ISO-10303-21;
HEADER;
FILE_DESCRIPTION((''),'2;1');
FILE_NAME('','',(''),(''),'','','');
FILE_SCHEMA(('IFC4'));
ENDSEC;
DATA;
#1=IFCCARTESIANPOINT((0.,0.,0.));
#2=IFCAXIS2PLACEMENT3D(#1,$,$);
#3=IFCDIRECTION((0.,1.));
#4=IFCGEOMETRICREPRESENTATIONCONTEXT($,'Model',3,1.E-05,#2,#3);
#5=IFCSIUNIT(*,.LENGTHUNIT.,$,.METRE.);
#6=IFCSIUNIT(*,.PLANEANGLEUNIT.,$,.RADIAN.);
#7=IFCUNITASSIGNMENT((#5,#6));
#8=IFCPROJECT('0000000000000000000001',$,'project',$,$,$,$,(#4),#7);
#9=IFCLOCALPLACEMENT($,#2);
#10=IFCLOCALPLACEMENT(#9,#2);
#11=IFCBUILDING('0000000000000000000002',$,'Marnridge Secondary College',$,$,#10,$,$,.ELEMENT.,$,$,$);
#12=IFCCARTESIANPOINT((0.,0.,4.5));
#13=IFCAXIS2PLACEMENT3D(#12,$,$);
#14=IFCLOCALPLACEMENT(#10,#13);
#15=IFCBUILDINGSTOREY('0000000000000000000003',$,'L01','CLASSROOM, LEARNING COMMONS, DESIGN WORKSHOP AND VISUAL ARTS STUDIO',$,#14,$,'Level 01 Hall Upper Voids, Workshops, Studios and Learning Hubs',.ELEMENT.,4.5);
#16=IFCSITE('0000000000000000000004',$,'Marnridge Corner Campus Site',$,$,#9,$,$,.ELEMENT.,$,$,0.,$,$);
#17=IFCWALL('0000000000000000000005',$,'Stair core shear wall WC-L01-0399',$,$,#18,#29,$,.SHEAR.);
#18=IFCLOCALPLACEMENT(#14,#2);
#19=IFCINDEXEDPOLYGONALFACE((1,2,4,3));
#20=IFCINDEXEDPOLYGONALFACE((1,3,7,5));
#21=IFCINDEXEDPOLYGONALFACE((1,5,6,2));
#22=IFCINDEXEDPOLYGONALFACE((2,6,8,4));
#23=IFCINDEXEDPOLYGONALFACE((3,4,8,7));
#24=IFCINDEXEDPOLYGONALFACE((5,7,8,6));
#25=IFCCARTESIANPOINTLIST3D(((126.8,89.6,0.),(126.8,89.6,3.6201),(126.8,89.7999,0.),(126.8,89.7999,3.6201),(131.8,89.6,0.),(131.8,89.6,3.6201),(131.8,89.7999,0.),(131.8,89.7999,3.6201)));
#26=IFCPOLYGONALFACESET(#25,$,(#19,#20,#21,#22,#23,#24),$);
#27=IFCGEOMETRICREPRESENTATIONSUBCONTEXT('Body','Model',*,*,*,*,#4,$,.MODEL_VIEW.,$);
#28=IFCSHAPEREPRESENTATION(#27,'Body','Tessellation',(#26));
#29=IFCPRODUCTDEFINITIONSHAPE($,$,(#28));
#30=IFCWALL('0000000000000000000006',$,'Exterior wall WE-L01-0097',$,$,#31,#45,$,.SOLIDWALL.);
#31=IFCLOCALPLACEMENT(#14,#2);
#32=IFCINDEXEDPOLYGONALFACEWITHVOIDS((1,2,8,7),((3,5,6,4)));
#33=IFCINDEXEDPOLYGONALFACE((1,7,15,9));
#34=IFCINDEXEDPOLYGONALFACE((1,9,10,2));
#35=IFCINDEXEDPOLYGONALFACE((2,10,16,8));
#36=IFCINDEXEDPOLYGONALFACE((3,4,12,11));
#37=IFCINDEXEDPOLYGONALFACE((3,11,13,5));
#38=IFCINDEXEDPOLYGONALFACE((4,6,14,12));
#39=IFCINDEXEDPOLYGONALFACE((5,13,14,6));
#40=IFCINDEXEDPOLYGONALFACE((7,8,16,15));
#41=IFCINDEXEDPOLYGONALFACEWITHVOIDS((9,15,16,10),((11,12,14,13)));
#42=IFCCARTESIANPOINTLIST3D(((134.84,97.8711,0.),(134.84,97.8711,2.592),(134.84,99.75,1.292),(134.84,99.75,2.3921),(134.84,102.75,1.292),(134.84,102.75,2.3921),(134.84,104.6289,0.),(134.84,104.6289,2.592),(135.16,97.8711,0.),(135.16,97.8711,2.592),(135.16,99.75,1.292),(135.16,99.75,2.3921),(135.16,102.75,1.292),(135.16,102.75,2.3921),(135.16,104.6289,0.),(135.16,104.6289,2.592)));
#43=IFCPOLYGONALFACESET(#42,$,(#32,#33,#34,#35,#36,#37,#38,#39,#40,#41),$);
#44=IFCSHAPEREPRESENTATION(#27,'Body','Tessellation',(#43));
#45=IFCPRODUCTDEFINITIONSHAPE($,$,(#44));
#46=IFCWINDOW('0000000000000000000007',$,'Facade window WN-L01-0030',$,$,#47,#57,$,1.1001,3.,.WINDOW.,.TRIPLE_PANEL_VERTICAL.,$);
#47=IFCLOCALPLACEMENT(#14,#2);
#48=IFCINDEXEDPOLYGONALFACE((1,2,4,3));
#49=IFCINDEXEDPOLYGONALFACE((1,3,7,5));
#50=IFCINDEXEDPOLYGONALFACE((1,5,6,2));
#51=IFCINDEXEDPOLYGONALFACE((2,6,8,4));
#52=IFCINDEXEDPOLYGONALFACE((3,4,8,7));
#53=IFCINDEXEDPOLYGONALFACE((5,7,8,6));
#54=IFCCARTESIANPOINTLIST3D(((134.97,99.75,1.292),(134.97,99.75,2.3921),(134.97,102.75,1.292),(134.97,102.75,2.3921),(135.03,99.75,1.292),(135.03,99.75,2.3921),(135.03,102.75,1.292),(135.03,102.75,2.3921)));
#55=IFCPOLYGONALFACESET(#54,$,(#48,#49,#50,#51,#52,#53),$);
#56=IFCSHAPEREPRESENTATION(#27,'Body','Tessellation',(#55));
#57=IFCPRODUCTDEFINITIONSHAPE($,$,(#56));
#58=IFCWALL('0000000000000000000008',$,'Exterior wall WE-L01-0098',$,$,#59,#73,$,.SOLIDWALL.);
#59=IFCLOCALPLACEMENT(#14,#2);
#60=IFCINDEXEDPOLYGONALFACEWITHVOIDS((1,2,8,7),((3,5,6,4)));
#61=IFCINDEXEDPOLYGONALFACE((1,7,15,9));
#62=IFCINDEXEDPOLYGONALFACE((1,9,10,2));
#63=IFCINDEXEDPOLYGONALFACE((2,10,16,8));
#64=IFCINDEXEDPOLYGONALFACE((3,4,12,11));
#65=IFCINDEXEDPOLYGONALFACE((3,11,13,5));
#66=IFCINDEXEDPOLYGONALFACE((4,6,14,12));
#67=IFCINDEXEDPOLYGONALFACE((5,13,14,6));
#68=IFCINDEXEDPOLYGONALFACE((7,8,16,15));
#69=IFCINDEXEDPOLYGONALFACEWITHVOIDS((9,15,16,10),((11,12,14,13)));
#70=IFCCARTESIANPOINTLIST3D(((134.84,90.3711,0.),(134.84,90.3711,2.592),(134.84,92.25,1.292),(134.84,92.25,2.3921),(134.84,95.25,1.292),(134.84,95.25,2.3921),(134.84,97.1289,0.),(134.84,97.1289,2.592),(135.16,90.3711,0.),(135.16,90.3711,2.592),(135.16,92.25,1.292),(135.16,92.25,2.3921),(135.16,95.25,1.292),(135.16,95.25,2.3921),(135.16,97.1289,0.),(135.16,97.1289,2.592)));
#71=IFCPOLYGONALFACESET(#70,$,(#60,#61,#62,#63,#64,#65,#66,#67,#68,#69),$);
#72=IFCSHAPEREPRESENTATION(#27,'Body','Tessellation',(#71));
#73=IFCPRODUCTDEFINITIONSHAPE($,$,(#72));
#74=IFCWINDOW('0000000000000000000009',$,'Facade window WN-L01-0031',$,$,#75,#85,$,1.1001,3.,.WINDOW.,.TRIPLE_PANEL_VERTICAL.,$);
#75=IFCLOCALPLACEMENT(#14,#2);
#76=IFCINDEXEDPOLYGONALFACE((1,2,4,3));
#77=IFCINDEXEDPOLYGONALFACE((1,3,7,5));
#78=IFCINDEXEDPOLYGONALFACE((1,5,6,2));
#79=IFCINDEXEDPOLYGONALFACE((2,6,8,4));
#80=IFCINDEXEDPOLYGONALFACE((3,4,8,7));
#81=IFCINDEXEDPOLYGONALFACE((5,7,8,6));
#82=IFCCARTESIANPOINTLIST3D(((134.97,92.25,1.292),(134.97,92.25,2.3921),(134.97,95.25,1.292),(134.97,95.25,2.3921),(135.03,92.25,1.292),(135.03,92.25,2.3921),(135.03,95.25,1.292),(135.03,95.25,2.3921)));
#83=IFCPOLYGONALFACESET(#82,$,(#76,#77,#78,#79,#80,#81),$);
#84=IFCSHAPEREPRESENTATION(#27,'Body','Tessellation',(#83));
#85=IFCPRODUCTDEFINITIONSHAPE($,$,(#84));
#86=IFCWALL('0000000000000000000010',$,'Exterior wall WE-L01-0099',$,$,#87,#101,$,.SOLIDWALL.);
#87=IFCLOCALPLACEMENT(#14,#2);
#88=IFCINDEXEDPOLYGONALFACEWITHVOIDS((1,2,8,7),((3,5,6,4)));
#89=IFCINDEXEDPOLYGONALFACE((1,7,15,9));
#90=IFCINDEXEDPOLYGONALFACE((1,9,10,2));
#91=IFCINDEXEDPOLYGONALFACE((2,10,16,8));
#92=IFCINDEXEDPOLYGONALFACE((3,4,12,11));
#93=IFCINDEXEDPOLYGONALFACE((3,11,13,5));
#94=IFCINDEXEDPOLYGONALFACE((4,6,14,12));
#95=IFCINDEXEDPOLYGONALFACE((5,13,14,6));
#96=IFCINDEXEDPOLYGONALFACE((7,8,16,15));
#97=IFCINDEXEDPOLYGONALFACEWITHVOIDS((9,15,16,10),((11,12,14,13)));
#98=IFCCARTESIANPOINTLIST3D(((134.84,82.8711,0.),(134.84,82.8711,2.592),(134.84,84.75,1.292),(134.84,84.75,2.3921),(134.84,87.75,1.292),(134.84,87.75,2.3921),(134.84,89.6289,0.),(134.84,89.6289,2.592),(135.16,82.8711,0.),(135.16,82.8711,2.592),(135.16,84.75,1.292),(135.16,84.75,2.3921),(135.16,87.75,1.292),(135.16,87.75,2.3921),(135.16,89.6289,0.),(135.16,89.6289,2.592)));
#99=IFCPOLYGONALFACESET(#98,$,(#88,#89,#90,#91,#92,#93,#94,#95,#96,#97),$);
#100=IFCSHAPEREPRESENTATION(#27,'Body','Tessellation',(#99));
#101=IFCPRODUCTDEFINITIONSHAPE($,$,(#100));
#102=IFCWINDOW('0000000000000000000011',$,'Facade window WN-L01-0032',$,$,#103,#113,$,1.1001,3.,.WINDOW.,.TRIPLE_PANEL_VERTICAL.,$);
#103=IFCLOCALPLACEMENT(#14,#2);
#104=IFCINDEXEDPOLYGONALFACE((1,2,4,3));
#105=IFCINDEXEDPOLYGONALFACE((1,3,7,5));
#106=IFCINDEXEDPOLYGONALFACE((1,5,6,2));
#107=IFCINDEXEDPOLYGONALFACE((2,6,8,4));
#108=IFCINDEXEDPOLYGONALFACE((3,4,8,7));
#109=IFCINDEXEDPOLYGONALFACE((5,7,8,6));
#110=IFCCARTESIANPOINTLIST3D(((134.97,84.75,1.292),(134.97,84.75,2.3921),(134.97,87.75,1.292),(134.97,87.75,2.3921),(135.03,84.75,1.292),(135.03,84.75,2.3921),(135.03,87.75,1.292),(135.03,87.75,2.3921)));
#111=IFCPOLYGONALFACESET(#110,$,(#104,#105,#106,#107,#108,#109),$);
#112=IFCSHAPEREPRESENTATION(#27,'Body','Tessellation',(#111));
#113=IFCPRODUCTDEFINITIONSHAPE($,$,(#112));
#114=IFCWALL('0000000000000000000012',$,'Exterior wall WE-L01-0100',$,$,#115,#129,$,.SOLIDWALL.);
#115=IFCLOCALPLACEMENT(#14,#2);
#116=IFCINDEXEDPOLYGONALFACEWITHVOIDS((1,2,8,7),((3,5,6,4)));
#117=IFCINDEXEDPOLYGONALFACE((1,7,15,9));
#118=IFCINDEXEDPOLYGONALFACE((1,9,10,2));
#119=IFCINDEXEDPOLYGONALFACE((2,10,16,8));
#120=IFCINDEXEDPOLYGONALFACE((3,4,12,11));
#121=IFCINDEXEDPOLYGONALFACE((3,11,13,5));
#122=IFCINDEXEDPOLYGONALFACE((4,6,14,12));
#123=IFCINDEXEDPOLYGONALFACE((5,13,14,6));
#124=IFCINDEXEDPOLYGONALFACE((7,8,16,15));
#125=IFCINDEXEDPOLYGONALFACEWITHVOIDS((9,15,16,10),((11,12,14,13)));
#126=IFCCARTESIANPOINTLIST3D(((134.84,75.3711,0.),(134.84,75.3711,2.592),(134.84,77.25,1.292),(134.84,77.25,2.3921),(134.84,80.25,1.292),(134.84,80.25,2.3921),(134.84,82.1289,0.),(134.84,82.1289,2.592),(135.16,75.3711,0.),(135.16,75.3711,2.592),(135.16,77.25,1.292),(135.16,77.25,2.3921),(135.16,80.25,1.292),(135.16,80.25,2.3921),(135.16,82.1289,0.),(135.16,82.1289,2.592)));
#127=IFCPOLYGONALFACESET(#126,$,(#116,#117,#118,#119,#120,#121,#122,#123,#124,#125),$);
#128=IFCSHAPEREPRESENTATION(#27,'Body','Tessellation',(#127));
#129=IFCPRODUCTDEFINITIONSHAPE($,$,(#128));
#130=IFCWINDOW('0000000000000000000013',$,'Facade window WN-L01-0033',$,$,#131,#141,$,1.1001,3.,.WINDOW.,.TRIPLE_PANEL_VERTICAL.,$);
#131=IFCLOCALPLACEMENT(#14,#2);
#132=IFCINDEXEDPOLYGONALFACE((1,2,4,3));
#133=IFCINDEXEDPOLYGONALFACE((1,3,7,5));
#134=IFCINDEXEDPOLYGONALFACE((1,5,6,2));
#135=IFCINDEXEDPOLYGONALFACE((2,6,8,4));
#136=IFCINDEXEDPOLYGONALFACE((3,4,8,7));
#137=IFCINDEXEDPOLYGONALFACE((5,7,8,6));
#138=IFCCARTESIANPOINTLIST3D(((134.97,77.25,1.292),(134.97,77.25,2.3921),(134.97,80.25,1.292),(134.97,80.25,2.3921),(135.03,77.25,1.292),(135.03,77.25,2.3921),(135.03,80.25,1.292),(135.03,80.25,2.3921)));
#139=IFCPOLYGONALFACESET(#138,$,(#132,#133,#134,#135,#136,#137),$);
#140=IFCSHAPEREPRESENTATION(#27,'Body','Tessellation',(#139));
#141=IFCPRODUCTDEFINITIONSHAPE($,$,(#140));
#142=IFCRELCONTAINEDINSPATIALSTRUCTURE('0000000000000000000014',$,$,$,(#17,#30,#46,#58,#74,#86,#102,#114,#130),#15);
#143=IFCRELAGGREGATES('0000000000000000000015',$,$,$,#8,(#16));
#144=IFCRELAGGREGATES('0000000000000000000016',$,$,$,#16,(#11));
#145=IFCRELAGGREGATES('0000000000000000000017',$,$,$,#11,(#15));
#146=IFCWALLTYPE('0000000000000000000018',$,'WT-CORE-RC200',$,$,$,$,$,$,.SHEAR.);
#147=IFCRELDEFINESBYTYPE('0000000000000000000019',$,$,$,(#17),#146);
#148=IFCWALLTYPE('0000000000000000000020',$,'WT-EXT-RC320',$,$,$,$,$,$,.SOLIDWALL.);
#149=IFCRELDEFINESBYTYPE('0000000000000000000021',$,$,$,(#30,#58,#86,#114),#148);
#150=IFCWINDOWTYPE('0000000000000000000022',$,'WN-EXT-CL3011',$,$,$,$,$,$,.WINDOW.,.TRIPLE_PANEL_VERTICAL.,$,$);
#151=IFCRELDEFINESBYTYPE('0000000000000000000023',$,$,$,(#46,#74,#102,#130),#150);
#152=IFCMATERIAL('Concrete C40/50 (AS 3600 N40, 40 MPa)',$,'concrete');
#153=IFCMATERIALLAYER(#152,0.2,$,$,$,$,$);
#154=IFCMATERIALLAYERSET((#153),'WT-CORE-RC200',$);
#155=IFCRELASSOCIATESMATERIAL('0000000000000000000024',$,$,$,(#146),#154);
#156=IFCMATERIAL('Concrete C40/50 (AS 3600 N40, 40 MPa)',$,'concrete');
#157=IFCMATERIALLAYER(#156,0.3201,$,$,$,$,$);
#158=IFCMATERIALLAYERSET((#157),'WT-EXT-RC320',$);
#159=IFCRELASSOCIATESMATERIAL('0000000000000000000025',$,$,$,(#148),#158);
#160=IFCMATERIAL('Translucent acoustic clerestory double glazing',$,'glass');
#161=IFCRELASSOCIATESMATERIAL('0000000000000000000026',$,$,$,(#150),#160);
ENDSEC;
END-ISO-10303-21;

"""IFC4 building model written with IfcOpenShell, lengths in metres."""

from ifc_helpers import new_model, si_unit, direction, frame, frame_2d, origin, place, context, subcontext, project, spatial, rectangle, extrude, material, layer, layer_set, type_object, element, fill, save


model = new_model("IFC4")

# Units and contexts
model_context = context("Model", 3, precision=1e-05, world=origin(), true_north=direction((0.0, 1.0)))
body_context = subcontext(model_context, "Body", "Model", "MODEL_VIEW")
ifc_project = project(units=[si_unit("LENGTHUNIT", "METRE"), si_unit("PLANEANGLEUNIT", "RADIAN")], contexts=[model_context])

# Site, building, storey
site_placement = place(None, origin())
site = spatial("IfcSite", under=ifc_project, at=site_placement, Name="Marnridge Corner Campus Site", CompositionType="ELEMENT", RefElevation=0.0)
building_placement = place(site_placement, origin())
building = spatial("IfcBuilding", under=site, at=building_placement, Name="Marnridge Secondary College", CompositionType="ELEMENT")
storey_placement = place(building_placement, frame((0.0, 0.0, 4.5)))
storey = spatial("IfcBuildingStorey", under=building, at=storey_placement, Name="L01", Description="CLASSROOM, LEARNING COMMONS, DESIGN WORKSHOP AND VISUAL ARTS STUDIO", LongName="Level 01 Hall Upper Voids, Workshops, Studios and Learning Hubs", CompositionType="ELEMENT", Elevation=4.5)

# Wall
ifc_material_1 = material(Name="Concrete C40/50 (AS 3600 N40, 40 MPa)", Category="concrete")
ifc_layer_1 = layer(ifc_material_1, 0.2)
ifc_layer_set_1 = layer_set([ifc_layer_1], Name="WT-CORE-RC200")
wall_type_1 = type_object("IfcWallType", Name="WT-CORE-RC200", PredefinedType="SHEAR", material=ifc_layer_set_1)
wall_1_placement = place(storey_placement, frame((131.8, 89.7, 0.0), z_axis=(0.0, 0.0, 1.0), x_axis=(-1.0, 0.0, 0.0)))
element("IfcWall", 1, at=wall_1_placement, inside=storey, type_object=wall_type_1, Name="Stair core shear wall WC-L01-0399", PredefinedType="SHEAR", context=body_context, shape_type="SweptSolid", body=[
    extrude(rectangle(XDim=5.0, YDim=0.2, at=frame_2d((2.5, 0.0))), origin(), (0.0, 0.0, 1.0), 3.6201),
])

# Walls, openings, windows
ifc_material_2 = material(Name="Concrete C40/50 (AS 3600 N40, 40 MPa)", Category="concrete")
ifc_layer_2 = layer(ifc_material_2, 0.3201)
ifc_layer_set_2 = layer_set([ifc_layer_2], Name="WT-EXT-RC320")
wall_type_2 = type_object("IfcWallType", Name="WT-EXT-RC320", PredefinedType="SOLIDWALL", material=ifc_layer_set_2)
wall_2_placement = place(storey_placement, frame((135.0, 104.6289, 0.0), z_axis=(0.0, 0.0, 1.0), x_axis=(0.0, -1.0, 0.0)))
wall_2 = element("IfcWall", 2, at=wall_2_placement, inside=storey, type_object=wall_type_2, Name="Exterior wall WE-L01-0097", PredefinedType="SOLIDWALL", context=body_context, shape_type="SweptSolid", body=[
    extrude(rectangle(XDim=6.7578, YDim=0.3201, at=frame_2d((3.3789, 0.0))), origin(), (0.0, 0.0, 1.0), 2.592),
])
opening_1_placement = place(wall_2_placement, frame((1.8789, 0.0, 1.292)))
opening_1 = element("IfcOpeningElement", 3, at=opening_1_placement, cuts=wall_2, PredefinedType="OPENING", context=body_context, shape_type="SweptSolid", body=[
    extrude(rectangle(XDim=3.0, YDim=1.1001, at=frame_2d((1.5, 0.55))), frame((0.0, 0.1699, 0.0), z_axis=(0.0, -1.0, 0.0), x_axis=(1.0, 0.0, 0.0)), (0.0, 0.0, 1.0), 0.3401),
])
ifc_material_3 = material(Name="Translucent acoustic clerestory double glazing", Category="glass")
window_type = type_object("IfcWindowType", Name="WN-EXT-CL3011", PartitioningType="TRIPLE_PANEL_VERTICAL", PredefinedType="WINDOW", material=ifc_material_3)
window_1_placement = place(opening_1_placement, origin())
window_1 = element("IfcWindow", 4, at=window_1_placement, inside=storey, type_object=window_type, Name="Facade window WN-L01-0030", OverallHeight=1.1001, OverallWidth=3.0, PartitioningType="TRIPLE_PANEL_VERTICAL", PredefinedType="WINDOW", context=body_context, shape_type="SweptSolid", body=[
    extrude(rectangle(XDim=3.0, YDim=1.1001, at=frame_2d((1.5, 0.55))), frame((0.0, 0.03, 0.0), z_axis=(0.0, -1.0, 0.0), x_axis=(1.0, 0.0, 0.0)), (0.0, 0.0, 1.0), 0.0601),
])
fill(opening_1, window_1)
wall_3_placement = place(storey_placement, frame((135.0, 97.1289, 0.0), z_axis=(0.0, 0.0, 1.0), x_axis=(0.0, -1.0, 0.0)))
wall_3 = element("IfcWall", 5, at=wall_3_placement, inside=storey, type_object=wall_type_2, Name="Exterior wall WE-L01-0098", PredefinedType="SOLIDWALL", context=body_context, shape_type="SweptSolid", body=[
    extrude(rectangle(XDim=6.7578, YDim=0.3201, at=frame_2d((3.3789, 0.0))), origin(), (0.0, 0.0, 1.0), 2.592),
])
opening_2_placement = place(wall_3_placement, frame((1.8789, 0.0, 1.292)))
opening_2 = element("IfcOpeningElement", 6, at=opening_2_placement, cuts=wall_3, PredefinedType="OPENING", context=body_context, shape_type="SweptSolid", body=[
    extrude(rectangle(XDim=3.0, YDim=1.1001, at=frame_2d((1.5, 0.55))), frame((0.0, 0.1699, 0.0), z_axis=(0.0, -1.0, 0.0), x_axis=(1.0, 0.0, 0.0)), (0.0, 0.0, 1.0), 0.3401),
])
window_2_placement = place(opening_2_placement, origin())
window_2 = element("IfcWindow", 7, at=window_2_placement, inside=storey, type_object=window_type, Name="Facade window WN-L01-0031", OverallHeight=1.1001, OverallWidth=3.0, PartitioningType="TRIPLE_PANEL_VERTICAL", PredefinedType="WINDOW", context=body_context, shape_type="SweptSolid", body=[
    extrude(rectangle(XDim=3.0, YDim=1.1001, at=frame_2d((1.5, 0.55))), frame((0.0, 0.03, 0.0), z_axis=(0.0, -1.0, 0.0), x_axis=(1.0, 0.0, 0.0)), (0.0, 0.0, 1.0), 0.0601),
])
fill(opening_2, window_2)
wall_4_placement = place(storey_placement, frame((135.0, 89.6289, 0.0), z_axis=(0.0, 0.0, 1.0), x_axis=(0.0, -1.0, 0.0)))
wall_4 = element("IfcWall", 8, at=wall_4_placement, inside=storey, type_object=wall_type_2, Name="Exterior wall WE-L01-0099", PredefinedType="SOLIDWALL", context=body_context, shape_type="SweptSolid", body=[
    extrude(rectangle(XDim=6.7578, YDim=0.3201, at=frame_2d((3.3789, 0.0))), origin(), (0.0, 0.0, 1.0), 2.592),
])
opening_3_placement = place(wall_4_placement, frame((1.8789, 0.0, 1.292)))
opening_3 = element("IfcOpeningElement", 9, at=opening_3_placement, cuts=wall_4, PredefinedType="OPENING", context=body_context, shape_type="SweptSolid", body=[
    extrude(rectangle(XDim=3.0, YDim=1.1001, at=frame_2d((1.5, 0.55))), frame((0.0, 0.1699, 0.0), z_axis=(0.0, -1.0, 0.0), x_axis=(1.0, 0.0, 0.0)), (0.0, 0.0, 1.0), 0.3401),
])
window_3_placement = place(opening_3_placement, origin())
window_3 = element("IfcWindow", 10, at=window_3_placement, inside=storey, type_object=window_type, Name="Facade window WN-L01-0032", OverallHeight=1.1001, OverallWidth=3.0, PartitioningType="TRIPLE_PANEL_VERTICAL", PredefinedType="WINDOW", context=body_context, shape_type="SweptSolid", body=[
    extrude(rectangle(XDim=3.0, YDim=1.1001, at=frame_2d((1.5, 0.55))), frame((0.0, 0.03, 0.0), z_axis=(0.0, -1.0, 0.0), x_axis=(1.0, 0.0, 0.0)), (0.0, 0.0, 1.0), 0.0601),
])
fill(opening_3, window_3)
wall_5_placement = place(storey_placement, frame((135.0, 82.1289, 0.0), z_axis=(0.0, 0.0, 1.0), x_axis=(0.0, -1.0, 0.0)))
wall_5 = element("IfcWall", 11, at=wall_5_placement, inside=storey, type_object=wall_type_2, Name="Exterior wall WE-L01-0100", PredefinedType="SOLIDWALL", context=body_context, shape_type="SweptSolid", body=[
    extrude(rectangle(XDim=6.7578, YDim=0.3201, at=frame_2d((3.3789, 0.0))), origin(), (0.0, 0.0, 1.0), 2.592),
])
opening_4_placement = place(wall_5_placement, frame((1.8789, 0.0, 1.292)))
opening_4 = element("IfcOpeningElement", 12, at=opening_4_placement, cuts=wall_5, PredefinedType="OPENING", context=body_context, shape_type="SweptSolid", body=[
    extrude(rectangle(XDim=3.0, YDim=1.1001, at=frame_2d((1.5, 0.55))), frame((0.0, 0.1699, 0.0), z_axis=(0.0, -1.0, 0.0), x_axis=(1.0, 0.0, 0.0)), (0.0, 0.0, 1.0), 0.3401),
])
window_4_placement = place(opening_4_placement, origin())
window_4 = element("IfcWindow", 13, at=window_4_placement, inside=storey, type_object=window_type, Name="Facade window WN-L01-0033", OverallHeight=1.1001, OverallWidth=3.0, PartitioningType="TRIPLE_PANEL_VERTICAL", PredefinedType="WINDOW", context=body_context, shape_type="SweptSolid", body=[
    extrude(rectangle(XDim=3.0, YDim=1.1001, at=frame_2d((1.5, 0.55))), frame((0.0, 0.03, 0.0), z_axis=(0.0, -1.0, 0.0), x_axis=(1.0, 0.0, 0.0)), (0.0, 0.0, 1.0), 0.0601),
])
fill(opening_4, window_4)

save(model, "model.ifc")
